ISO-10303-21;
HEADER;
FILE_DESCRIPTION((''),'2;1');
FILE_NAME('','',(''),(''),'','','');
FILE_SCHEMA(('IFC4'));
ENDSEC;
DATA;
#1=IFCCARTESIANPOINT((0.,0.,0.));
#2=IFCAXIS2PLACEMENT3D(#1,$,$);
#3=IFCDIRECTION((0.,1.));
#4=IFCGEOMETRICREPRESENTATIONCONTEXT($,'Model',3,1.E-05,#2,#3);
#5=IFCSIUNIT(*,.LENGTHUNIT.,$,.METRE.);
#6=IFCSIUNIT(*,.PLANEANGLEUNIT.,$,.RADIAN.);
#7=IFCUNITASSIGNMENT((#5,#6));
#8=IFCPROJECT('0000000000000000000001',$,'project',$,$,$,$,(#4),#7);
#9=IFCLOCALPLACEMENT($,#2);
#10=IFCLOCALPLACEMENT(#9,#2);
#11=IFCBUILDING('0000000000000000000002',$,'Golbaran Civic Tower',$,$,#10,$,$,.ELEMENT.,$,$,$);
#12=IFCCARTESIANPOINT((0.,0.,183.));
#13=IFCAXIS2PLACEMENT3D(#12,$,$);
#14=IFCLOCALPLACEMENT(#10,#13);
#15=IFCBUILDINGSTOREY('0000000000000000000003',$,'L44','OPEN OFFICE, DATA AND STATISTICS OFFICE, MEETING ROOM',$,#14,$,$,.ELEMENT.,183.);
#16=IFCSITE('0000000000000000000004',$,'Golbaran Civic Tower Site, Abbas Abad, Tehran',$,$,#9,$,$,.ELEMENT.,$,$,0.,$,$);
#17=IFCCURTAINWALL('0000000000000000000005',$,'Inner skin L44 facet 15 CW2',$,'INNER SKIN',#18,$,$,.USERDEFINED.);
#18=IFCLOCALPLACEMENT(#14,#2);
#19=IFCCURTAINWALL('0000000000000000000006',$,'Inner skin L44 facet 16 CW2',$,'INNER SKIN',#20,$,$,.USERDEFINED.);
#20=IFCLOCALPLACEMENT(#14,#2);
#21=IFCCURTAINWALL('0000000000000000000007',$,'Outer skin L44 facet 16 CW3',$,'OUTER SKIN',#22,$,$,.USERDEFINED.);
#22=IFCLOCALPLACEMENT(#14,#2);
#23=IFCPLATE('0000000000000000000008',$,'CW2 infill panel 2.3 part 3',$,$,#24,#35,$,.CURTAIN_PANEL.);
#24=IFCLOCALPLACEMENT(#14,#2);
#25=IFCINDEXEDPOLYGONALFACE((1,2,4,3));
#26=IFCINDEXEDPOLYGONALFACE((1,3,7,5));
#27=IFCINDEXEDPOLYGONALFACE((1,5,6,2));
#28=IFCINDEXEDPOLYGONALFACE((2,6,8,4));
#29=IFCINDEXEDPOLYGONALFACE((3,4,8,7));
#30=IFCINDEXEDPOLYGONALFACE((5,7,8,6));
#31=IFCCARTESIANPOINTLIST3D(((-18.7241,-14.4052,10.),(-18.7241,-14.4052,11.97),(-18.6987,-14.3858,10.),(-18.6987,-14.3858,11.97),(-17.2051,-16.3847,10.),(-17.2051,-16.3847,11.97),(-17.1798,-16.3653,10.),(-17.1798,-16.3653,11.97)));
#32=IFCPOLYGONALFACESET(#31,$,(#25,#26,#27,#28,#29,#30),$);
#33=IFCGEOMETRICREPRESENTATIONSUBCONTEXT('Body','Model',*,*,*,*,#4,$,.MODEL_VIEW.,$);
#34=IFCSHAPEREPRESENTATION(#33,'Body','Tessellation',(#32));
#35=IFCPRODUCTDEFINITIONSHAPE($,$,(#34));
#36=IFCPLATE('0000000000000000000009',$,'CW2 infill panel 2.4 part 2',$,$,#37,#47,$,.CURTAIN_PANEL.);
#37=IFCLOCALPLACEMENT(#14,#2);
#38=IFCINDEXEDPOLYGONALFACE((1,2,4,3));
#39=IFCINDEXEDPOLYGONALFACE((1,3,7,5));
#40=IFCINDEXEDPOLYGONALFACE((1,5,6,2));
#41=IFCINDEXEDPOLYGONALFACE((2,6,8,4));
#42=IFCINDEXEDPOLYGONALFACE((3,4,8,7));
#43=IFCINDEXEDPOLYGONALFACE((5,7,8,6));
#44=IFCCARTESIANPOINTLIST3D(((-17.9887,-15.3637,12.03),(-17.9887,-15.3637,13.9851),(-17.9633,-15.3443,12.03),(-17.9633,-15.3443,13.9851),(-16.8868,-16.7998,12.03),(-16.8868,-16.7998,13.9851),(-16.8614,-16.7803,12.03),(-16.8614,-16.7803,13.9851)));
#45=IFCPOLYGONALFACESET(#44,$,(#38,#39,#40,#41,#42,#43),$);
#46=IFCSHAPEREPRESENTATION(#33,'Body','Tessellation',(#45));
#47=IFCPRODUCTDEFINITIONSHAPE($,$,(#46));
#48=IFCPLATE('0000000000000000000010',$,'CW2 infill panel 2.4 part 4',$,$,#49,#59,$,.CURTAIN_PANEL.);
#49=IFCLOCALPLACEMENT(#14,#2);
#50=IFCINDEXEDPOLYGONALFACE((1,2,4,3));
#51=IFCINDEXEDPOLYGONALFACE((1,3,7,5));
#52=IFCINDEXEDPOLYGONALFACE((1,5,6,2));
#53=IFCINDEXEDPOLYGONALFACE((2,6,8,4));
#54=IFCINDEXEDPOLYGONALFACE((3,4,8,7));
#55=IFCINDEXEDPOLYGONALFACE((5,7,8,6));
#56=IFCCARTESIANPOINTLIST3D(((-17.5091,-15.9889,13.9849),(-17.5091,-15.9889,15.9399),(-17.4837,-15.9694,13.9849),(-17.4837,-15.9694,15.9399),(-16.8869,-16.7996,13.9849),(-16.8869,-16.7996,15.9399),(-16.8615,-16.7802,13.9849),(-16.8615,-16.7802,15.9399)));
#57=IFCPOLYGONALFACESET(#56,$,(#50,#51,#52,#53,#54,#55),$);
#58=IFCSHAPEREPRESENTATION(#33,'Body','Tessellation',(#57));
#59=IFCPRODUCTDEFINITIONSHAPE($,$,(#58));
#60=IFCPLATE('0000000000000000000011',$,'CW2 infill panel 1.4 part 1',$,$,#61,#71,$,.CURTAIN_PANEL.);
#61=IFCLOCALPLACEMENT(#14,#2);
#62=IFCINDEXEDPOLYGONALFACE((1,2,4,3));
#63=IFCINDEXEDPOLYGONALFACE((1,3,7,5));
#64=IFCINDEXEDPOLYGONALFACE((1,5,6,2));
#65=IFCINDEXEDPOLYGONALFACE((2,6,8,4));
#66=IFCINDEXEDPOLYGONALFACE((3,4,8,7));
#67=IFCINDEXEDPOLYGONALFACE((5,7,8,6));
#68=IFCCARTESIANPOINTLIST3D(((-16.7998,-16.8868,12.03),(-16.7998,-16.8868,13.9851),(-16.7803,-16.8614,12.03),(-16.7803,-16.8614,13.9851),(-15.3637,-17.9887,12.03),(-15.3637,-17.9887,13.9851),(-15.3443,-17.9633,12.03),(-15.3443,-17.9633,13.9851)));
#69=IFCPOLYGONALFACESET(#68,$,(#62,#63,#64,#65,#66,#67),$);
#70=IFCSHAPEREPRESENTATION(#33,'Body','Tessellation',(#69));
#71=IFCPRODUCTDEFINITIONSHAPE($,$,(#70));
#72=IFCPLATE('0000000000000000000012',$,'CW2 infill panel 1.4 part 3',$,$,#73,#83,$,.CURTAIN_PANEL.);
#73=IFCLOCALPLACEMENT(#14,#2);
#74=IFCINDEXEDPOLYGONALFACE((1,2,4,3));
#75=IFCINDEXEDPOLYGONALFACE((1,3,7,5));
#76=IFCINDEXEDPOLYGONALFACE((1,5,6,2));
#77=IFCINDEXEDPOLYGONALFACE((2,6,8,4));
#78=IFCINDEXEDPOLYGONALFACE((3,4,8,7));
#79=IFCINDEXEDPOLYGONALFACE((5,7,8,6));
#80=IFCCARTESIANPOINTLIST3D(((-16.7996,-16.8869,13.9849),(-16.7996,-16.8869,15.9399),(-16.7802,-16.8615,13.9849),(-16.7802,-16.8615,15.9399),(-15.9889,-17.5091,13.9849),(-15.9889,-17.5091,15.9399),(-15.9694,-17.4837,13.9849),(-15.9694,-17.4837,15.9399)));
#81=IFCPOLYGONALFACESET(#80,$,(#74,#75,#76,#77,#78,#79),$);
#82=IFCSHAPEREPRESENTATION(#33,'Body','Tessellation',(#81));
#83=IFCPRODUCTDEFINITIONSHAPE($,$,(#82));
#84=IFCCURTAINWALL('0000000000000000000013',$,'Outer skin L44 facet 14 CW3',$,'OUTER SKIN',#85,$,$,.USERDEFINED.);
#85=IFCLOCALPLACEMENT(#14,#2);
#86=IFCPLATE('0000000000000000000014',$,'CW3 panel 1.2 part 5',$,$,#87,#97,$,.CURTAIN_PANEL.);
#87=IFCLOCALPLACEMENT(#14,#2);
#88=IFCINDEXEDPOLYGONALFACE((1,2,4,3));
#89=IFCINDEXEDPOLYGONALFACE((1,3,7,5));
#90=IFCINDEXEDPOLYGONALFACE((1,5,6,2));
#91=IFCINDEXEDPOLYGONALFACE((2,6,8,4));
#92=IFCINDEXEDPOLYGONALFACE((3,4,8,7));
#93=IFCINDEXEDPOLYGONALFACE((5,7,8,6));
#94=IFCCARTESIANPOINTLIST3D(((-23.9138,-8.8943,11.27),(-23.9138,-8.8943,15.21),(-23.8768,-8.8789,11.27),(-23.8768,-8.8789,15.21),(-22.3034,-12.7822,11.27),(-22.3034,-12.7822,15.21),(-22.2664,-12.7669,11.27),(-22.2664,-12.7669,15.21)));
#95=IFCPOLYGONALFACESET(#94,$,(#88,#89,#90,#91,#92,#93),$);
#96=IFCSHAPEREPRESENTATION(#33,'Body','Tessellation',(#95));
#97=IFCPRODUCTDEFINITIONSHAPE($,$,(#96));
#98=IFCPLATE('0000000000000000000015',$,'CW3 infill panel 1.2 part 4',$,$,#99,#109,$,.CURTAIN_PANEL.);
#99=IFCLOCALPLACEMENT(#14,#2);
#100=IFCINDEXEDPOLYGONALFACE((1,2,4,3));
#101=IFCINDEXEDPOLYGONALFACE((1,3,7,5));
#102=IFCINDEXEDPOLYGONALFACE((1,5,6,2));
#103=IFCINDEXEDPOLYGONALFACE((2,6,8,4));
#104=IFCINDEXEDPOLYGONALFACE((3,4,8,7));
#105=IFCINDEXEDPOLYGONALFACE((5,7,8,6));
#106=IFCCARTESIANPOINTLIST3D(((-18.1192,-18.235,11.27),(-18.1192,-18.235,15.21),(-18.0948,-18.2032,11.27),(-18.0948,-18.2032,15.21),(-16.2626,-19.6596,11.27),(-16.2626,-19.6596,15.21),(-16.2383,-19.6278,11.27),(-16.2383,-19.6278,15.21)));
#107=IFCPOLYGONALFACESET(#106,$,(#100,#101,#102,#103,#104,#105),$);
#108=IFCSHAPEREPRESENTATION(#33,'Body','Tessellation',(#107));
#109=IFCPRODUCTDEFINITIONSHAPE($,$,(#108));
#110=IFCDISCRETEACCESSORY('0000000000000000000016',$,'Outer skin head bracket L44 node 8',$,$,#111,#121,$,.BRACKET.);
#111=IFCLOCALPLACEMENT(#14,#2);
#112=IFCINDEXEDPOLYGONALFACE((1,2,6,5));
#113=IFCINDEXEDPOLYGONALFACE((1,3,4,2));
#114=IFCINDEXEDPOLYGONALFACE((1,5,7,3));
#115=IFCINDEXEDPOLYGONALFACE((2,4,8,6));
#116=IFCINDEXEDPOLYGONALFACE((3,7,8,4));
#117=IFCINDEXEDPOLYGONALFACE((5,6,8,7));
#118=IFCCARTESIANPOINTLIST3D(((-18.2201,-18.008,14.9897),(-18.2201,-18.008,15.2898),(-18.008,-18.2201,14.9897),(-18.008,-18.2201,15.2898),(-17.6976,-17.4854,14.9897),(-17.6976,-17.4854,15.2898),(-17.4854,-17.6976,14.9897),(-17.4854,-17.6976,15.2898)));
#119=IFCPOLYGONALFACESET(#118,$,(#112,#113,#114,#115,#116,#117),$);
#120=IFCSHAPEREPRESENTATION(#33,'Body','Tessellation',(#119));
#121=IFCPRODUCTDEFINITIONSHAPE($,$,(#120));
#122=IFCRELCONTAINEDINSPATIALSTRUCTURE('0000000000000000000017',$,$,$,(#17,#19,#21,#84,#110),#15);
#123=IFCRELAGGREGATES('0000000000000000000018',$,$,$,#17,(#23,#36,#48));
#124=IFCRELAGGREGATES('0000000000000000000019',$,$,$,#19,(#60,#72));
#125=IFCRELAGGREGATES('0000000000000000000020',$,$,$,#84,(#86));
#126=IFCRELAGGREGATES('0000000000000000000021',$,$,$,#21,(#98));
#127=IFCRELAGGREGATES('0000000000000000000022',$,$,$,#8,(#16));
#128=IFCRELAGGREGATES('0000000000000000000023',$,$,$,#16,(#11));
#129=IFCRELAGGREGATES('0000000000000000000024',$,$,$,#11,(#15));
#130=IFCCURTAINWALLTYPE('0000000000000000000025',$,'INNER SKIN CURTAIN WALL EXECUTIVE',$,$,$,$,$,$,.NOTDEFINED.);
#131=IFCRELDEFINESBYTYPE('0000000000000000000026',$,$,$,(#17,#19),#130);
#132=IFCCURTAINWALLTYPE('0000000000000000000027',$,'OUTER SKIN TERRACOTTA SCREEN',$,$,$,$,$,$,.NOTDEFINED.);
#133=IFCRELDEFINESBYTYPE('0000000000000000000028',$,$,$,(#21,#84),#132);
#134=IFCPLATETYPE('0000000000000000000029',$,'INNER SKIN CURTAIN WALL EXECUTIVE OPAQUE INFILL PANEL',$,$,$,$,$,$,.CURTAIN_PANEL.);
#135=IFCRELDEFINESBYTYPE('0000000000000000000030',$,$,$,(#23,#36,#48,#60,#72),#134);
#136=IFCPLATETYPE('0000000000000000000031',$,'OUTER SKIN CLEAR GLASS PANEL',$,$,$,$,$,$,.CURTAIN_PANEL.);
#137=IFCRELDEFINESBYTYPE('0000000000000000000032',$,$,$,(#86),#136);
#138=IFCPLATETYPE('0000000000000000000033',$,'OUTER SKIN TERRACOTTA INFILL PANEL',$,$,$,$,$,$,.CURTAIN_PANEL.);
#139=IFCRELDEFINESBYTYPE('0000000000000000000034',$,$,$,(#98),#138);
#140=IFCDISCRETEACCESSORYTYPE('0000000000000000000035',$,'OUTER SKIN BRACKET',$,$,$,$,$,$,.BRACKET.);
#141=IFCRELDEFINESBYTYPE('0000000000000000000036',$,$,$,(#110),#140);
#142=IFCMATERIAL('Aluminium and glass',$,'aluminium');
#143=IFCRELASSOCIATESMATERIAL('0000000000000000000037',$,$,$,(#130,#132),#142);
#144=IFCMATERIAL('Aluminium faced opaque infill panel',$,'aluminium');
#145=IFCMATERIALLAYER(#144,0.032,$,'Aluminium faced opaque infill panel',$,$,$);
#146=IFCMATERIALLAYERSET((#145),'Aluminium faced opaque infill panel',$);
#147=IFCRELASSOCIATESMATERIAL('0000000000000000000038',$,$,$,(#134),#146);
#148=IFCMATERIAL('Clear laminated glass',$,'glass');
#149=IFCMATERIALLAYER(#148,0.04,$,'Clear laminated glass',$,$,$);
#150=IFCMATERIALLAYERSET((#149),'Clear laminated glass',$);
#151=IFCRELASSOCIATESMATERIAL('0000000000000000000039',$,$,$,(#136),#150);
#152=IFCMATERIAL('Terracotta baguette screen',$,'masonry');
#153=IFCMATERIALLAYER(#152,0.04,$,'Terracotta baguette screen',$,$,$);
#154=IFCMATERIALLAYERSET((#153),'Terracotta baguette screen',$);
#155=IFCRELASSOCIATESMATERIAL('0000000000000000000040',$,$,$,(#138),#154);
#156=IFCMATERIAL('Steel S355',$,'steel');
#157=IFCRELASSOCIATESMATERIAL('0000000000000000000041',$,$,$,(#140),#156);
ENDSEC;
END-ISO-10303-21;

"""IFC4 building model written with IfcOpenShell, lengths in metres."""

from ifc_helpers import new_model, si_unit, direction, frame, origin, origin_2d, place, context, subcontext, project, spatial, rectangle, extrude, material, layer, layer_set, type_object, element, aggregate, save


model = new_model("IFC4")

# Units and contexts
model_context = context("Model", 3, precision=1e-05, world=origin(), true_north=direction((0.0, 1.0)))
body_context = subcontext(model_context, "Body", "Model", "MODEL_VIEW")
ifc_project = project(units=[si_unit("LENGTHUNIT", "METRE"), si_unit("PLANEANGLEUNIT", "RADIAN")], contexts=[model_context])

# Site, building, storey
site_placement = place(None, origin())
site = spatial("IfcSite", under=ifc_project, at=site_placement, Name="Golbaran Civic Tower Site, Abbas Abad, Tehran", CompositionType="ELEMENT", RefElevation=0.0)
building_placement = place(site_placement, origin())
building = spatial("IfcBuilding", under=site, at=building_placement, Name="Golbaran Civic Tower", CompositionType="ELEMENT")
storey_placement = place(building_placement, frame((0.0, 0.0, 183.0)))
storey = spatial("IfcBuildingStorey", under=building, at=storey_placement, Name="L44", Description="OPEN OFFICE, DATA AND STATISTICS OFFICE, MEETING ROOM", CompositionType="ELEMENT", Elevation=183.0)

# Curtain walls
ifc_material_1 = material(Name="Aluminium and glass", Category="aluminium")
curtain_wall_type_1 = type_object("IfcCurtainWallType", Name="INNER SKIN CURTAIN WALL EXECUTIVE", PredefinedType="NOTDEFINED", material=ifc_material_1)
curtain_wall_1_placement = place(storey_placement, origin())
curtain_wall_1 = element("IfcCurtainWall", 1, at=curtain_wall_1_placement, inside=storey, type_object=curtain_wall_type_1, Name="Inner skin L44 facet 15 CW2", ObjectType="INNER SKIN", PredefinedType="USERDEFINED")
curtain_wall_2_placement = place(storey_placement, origin())
curtain_wall_2 = element("IfcCurtainWall", 2, at=curtain_wall_2_placement, inside=storey, type_object=curtain_wall_type_1, Name="Inner skin L44 facet 16 CW2", ObjectType="INNER SKIN", PredefinedType="USERDEFINED")

# Curtain wall
curtain_wall_type_2 = type_object("IfcCurtainWallType", Name="OUTER SKIN TERRACOTTA SCREEN", PredefinedType="NOTDEFINED", material=ifc_material_1)
curtain_wall_3_placement = place(storey_placement, origin())
curtain_wall_3 = element("IfcCurtainWall", 3, at=curtain_wall_3_placement, inside=storey, type_object=curtain_wall_type_2, Name="Outer skin L44 facet 16 CW3", ObjectType="OUTER SKIN", PredefinedType="USERDEFINED")

# Plates
ifc_material_2 = material(Name="Aluminium faced opaque infill panel", Category="aluminium")
ifc_layer_1 = layer(ifc_material_2, 0.032, Name="Aluminium faced opaque infill panel")
ifc_layer_set_1 = layer_set([ifc_layer_1], Name="Aluminium faced opaque infill panel")
plate_type_1 = type_object("IfcPlateType", Name="INNER SKIN CURTAIN WALL EXECUTIVE OPAQUE INFILL PANEL", PredefinedType="CURTAIN_PANEL", material=ifc_layer_set_1)
plate_1_placement = place(storey_placement, frame((-17.9519, -15.3853, 10.0), z_axis=(0.0, 0.0, 1.0), x_axis=(0.608761, -0.793353, 0.0)))
plate_1 = element("IfcPlate", 4, at=plate_1_placement, type_object=plate_type_1, Name="CW2 infill panel 2.3 part 3", PredefinedType="CURTAIN_PANEL", context=body_context, shape_type="SweptSolid", body=[
    extrude(rectangle(XDim=2.4951, YDim=0.032, at=origin_2d()), origin(), (0.0, 0.0, 1.0), 1.97),
])
plate_2_placement = place(storey_placement, frame((-17.425, -16.072, 12.03), z_axis=(0.0, 0.0, 1.0), x_axis=(0.608761, -0.793353, 0.0)))
plate_2 = element("IfcPlate", 5, at=plate_2_placement, type_object=plate_type_1, Name="CW2 infill panel 2.4 part 2", PredefinedType="CURTAIN_PANEL", context=body_context, shape_type="SweptSolid", body=[
    extrude(rectangle(XDim=1.8101, YDim=0.032, at=origin_2d()), origin(), (0.0, 0.0, 1.0), 1.9551),
])
plate_3_placement = place(storey_placement, frame((-17.1853, -16.3845, 13.9849), z_axis=(0.0, 0.0, 1.0), x_axis=(0.608761, -0.793353, 0.0)))
plate_3 = element("IfcPlate", 6, at=plate_3_placement, type_object=plate_type_1, Name="CW2 infill panel 2.4 part 4", PredefinedType="CURTAIN_PANEL", context=body_context, shape_type="SweptSolid", body=[
    extrude(rectangle(XDim=1.022, YDim=0.032, at=origin_2d()), origin(), (0.0, 0.0, 1.0), 1.9551),
])
aggregate(curtain_wall_1, [plate_1, plate_2, plate_3])
plate_4_placement = place(storey_placement, frame((-16.072, -17.425, 12.03), z_axis=(0.0, 0.0, 1.0), x_axis=(0.793353, -0.608761, 0.0)))
plate_4 = element("IfcPlate", 7, at=plate_4_placement, type_object=plate_type_1, Name="CW2 infill panel 1.4 part 1", PredefinedType="CURTAIN_PANEL", context=body_context, shape_type="SweptSolid", body=[
    extrude(rectangle(XDim=1.8101, YDim=0.032, at=origin_2d()), origin(), (0.0, 0.0, 1.0), 1.9551),
])
plate_5_placement = place(storey_placement, frame((-16.3845, -17.1853, 13.9849), z_axis=(0.0, 0.0, 1.0), x_axis=(0.793353, -0.608761, 0.0)))
plate_5 = element("IfcPlate", 8, at=plate_5_placement, type_object=plate_type_1, Name="CW2 infill panel 1.4 part 3", PredefinedType="CURTAIN_PANEL", context=body_context, shape_type="SweptSolid", body=[
    extrude(rectangle(XDim=1.022, YDim=0.032, at=origin_2d()), origin(), (0.0, 0.0, 1.0), 1.9551),
])
aggregate(curtain_wall_2, [plate_4, plate_5])

# Curtain wall, plate
curtain_wall_4_placement = place(storey_placement, origin())
curtain_wall_4 = element("IfcCurtainWall", 9, at=curtain_wall_4_placement, inside=storey, type_object=curtain_wall_type_2, Name="Outer skin L44 facet 14 CW3", ObjectType="OUTER SKIN", PredefinedType="USERDEFINED")
ifc_material_3 = material(Name="Clear laminated glass", Category="glass")
ifc_layer_2 = layer(ifc_material_3, 0.04, Name="Clear laminated glass")
ifc_layer_set_2 = layer_set([ifc_layer_2], Name="Clear laminated glass")
plate_type_2 = type_object("IfcPlateType", Name="OUTER SKIN CLEAR GLASS PANEL", PredefinedType="CURTAIN_PANEL", material=ifc_layer_set_2)
plate_6_placement = place(storey_placement, frame((-23.0901, -10.8306, 11.27), z_axis=(0.0, 0.0, 1.0), x_axis=(0.382683, -0.92388, 0.0)))
plate_6 = element("IfcPlate", 10, at=plate_6_placement, type_object=plate_type_2, Name="CW3 panel 1.2 part 5", PredefinedType="CURTAIN_PANEL", context=body_context, shape_type="SweptSolid", body=[
    extrude(rectangle(XDim=4.2083, YDim=0.04, at=origin_2d()), origin(), (0.0, 0.0, 1.0), 3.9399),
])
aggregate(curtain_wall_4, [plate_6])

# Plate
ifc_material_4 = material(Name="Terracotta baguette screen", Category="masonry")
ifc_layer_3 = layer(ifc_material_4, 0.04, Name="Terracotta baguette screen")
ifc_layer_set_3 = layer_set([ifc_layer_3], Name="Terracotta baguette screen")
plate_type_3 = type_object("IfcPlateType", Name="OUTER SKIN TERRACOTTA INFILL PANEL", PredefinedType="CURTAIN_PANEL", material=ifc_layer_set_3)
plate_7_placement = place(storey_placement, frame((-17.1787, -18.9314, 11.27), z_axis=(0.0, 0.0, 1.0), x_axis=(0.793353, -0.608761, 0.0)))
plate_7 = element("IfcPlate", 11, at=plate_7_placement, type_object=plate_type_3, Name="CW3 infill panel 1.2 part 4", PredefinedType="CURTAIN_PANEL", context=body_context, shape_type="SweptSolid", body=[
    extrude(rectangle(XDim=2.3401, YDim=0.04, at=origin_2d()), origin(), (0.0, 0.0, 1.0), 3.9399),
])
aggregate(curtain_wall_3, [plate_7])

# Discrete accessory
ifc_material_5 = material(Name="Steel S355", Category="steel")
discrete_accessory_type = type_object("IfcDiscreteAccessoryType", Name="OUTER SKIN BRACKET", PredefinedType="BRACKET", material=ifc_material_5)
discrete_accessory_placement = place(storey_placement, frame((-17.8528, -17.8528, 14.9897), z_axis=(0.0, 0.0, 1.0), x_axis=(-0.707107, -0.707107, 0.0)))
element("IfcDiscreteAccessory", 12, at=discrete_accessory_placement, inside=storey, type_object=discrete_accessory_type, Name="Outer skin head bracket L44 node 8", PredefinedType="BRACKET", context=body_context, shape_type="SweptSolid", body=[
    extrude(rectangle(XDim=0.739, YDim=0.3, at=origin_2d()), origin(), (0.0, 0.0, 1.0), 0.3),
])

save(model, "model.ifc")
